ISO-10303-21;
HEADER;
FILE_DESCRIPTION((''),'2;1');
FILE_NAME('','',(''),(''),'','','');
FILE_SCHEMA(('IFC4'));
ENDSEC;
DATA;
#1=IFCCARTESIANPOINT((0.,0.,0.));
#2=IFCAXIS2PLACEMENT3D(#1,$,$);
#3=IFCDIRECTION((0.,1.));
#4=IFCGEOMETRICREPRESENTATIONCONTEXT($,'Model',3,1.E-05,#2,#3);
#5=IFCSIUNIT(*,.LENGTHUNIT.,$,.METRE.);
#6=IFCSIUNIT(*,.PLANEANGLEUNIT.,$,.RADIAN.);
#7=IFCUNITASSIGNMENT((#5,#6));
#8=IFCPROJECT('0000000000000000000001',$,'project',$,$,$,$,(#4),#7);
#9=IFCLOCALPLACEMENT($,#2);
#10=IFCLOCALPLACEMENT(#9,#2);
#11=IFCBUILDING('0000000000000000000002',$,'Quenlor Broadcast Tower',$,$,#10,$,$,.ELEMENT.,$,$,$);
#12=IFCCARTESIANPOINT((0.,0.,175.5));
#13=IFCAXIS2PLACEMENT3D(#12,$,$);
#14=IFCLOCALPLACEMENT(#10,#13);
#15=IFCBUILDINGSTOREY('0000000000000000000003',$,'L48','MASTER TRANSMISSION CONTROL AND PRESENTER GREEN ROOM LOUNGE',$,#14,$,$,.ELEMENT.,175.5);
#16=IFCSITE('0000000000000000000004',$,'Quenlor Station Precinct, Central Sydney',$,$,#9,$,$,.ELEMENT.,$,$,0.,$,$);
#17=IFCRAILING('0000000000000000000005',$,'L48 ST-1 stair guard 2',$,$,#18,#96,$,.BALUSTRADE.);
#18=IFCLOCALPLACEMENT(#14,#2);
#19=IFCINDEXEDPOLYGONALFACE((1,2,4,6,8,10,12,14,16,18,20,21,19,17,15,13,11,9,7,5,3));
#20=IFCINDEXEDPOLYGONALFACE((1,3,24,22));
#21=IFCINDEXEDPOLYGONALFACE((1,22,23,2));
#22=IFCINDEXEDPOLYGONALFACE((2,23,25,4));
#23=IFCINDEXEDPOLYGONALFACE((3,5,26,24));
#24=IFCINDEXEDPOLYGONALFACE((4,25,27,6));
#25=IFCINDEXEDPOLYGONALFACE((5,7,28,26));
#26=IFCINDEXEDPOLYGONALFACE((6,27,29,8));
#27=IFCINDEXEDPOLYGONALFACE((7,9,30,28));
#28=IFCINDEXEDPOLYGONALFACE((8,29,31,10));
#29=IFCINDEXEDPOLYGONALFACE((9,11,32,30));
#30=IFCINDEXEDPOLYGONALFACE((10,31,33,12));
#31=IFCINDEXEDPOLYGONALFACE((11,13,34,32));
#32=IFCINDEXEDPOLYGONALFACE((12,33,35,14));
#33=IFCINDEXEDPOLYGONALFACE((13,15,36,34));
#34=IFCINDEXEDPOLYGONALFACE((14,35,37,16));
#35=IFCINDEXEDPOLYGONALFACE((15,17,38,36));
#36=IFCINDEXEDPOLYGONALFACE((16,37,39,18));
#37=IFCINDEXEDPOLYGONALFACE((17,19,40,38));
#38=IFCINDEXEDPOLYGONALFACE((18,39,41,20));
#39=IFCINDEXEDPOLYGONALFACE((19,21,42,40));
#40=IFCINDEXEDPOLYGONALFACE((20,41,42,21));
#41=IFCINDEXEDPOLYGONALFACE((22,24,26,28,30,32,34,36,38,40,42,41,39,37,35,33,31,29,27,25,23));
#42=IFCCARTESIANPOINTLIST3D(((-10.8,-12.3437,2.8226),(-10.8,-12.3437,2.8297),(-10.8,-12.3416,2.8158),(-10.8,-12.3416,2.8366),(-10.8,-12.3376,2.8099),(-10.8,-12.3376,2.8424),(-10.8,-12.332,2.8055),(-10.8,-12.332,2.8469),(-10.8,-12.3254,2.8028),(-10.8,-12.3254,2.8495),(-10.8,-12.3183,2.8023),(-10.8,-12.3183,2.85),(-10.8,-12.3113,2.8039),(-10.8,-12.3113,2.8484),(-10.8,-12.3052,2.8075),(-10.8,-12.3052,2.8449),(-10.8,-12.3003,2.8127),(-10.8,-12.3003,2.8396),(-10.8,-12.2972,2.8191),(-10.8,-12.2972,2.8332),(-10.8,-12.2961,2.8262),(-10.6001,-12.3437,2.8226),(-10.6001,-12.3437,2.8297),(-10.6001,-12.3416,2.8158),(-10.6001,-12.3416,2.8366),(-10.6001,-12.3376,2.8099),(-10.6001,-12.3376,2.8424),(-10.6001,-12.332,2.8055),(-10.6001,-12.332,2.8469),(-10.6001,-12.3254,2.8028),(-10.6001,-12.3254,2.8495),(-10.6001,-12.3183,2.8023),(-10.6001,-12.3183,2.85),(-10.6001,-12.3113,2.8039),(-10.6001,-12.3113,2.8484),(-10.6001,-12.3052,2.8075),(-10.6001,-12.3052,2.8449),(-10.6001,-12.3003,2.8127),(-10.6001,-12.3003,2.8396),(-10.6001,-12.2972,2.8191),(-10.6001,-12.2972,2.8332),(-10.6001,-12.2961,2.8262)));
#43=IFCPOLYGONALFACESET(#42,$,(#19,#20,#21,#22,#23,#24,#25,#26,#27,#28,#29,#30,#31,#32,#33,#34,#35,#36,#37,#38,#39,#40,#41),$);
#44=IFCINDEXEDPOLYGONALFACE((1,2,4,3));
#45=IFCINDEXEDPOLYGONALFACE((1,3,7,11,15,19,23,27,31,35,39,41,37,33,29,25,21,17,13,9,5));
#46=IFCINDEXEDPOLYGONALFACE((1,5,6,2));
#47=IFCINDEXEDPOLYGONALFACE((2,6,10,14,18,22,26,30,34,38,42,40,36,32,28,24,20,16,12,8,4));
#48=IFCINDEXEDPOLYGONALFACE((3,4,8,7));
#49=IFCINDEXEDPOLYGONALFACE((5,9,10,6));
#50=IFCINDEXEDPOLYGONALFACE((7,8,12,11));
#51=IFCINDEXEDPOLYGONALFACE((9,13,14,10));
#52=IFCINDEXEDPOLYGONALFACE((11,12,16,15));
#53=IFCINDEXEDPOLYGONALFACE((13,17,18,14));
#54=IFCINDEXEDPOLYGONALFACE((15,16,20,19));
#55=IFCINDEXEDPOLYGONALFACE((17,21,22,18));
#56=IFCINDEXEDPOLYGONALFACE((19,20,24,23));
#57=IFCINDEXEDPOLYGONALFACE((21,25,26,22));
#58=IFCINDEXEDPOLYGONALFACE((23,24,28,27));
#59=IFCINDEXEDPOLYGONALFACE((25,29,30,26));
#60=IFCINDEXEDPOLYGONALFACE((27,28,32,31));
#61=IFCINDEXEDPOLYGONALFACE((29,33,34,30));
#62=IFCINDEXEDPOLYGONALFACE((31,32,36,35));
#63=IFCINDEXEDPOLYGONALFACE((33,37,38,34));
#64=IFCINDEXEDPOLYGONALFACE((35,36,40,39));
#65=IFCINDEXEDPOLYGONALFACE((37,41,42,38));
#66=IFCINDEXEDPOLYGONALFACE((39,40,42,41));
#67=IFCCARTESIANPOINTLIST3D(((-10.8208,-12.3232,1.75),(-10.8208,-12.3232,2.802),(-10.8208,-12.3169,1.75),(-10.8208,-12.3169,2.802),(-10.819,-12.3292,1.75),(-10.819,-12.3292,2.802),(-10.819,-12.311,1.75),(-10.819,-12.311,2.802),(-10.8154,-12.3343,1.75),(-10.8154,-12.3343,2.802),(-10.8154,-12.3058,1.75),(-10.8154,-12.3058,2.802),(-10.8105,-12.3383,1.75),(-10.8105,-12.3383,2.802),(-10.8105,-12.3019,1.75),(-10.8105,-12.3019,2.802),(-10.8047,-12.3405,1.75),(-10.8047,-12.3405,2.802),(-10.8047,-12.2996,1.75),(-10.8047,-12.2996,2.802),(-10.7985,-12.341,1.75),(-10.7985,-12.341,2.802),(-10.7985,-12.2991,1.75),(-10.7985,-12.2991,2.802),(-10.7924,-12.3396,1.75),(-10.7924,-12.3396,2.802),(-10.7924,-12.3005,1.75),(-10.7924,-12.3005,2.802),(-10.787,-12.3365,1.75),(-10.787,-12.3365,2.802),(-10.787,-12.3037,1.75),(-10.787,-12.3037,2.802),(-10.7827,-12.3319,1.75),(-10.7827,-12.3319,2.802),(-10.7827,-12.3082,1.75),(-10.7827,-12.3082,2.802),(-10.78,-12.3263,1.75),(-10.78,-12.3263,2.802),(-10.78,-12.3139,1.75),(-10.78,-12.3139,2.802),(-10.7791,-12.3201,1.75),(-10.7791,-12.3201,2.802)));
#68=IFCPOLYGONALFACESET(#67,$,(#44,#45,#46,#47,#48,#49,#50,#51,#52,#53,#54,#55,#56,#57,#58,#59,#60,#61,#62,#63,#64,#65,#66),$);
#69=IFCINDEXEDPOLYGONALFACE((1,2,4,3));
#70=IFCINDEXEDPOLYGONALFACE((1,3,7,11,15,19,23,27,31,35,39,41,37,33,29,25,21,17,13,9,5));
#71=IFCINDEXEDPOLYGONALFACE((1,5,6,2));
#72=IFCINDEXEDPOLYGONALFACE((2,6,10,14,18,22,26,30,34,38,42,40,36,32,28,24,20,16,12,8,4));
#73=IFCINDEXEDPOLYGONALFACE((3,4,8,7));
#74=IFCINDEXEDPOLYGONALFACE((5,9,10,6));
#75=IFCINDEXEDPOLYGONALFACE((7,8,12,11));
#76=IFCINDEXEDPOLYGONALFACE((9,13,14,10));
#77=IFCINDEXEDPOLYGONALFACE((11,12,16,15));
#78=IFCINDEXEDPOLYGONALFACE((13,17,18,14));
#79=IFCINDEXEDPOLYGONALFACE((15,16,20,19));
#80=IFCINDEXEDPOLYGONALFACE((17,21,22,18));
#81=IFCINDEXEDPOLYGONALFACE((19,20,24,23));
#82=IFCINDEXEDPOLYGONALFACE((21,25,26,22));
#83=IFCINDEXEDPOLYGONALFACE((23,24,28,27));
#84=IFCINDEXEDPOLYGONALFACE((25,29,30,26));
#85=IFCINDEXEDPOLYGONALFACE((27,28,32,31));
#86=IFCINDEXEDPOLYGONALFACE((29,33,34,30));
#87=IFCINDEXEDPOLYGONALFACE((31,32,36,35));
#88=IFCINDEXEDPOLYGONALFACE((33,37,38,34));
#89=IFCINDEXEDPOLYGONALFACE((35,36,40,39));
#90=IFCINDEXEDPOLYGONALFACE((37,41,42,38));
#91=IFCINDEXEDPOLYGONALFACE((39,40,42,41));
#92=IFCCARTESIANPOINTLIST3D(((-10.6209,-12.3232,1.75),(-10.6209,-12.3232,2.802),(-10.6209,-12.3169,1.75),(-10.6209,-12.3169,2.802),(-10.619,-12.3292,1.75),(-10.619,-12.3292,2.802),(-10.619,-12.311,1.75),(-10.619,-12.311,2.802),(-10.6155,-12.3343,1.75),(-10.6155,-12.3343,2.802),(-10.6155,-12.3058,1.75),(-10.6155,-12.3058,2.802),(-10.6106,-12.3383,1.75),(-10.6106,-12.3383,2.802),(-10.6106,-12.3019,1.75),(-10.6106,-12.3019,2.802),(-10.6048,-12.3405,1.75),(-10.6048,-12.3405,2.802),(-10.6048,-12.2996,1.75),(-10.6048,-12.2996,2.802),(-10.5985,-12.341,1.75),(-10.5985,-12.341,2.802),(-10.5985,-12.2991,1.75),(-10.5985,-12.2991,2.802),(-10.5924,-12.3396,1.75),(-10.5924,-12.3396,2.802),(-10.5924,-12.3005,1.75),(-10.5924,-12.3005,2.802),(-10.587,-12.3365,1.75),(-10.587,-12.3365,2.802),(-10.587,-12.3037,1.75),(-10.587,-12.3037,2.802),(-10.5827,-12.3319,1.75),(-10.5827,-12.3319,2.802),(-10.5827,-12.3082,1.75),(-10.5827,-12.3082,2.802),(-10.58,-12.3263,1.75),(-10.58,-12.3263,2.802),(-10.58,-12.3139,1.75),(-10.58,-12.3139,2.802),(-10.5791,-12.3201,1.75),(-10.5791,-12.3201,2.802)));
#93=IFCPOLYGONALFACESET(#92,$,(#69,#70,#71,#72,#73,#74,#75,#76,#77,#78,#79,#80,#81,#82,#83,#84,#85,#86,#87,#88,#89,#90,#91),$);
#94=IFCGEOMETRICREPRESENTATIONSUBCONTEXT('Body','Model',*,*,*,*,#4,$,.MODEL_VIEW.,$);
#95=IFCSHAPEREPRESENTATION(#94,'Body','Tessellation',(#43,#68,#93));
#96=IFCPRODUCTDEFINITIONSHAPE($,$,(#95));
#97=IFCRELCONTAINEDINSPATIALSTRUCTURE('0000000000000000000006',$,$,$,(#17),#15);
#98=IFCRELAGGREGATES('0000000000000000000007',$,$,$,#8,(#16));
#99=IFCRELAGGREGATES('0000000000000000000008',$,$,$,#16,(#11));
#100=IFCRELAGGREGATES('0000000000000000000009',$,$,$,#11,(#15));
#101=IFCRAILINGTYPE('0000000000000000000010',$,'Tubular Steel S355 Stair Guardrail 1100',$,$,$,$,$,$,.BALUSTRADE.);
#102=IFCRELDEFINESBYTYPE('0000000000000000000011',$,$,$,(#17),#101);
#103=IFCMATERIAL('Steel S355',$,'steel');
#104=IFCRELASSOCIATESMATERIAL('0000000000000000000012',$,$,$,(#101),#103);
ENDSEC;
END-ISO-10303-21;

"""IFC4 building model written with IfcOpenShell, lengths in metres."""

from ifc_helpers import new_model, si_unit, direction, frame, origin, origin_2d, place, context, subcontext, project, spatial, circle, extrude, material, type_object, element, save


model = new_model("IFC4")

# Units and contexts
model_context = context("Model", 3, precision=1e-05, world=origin(), true_north=direction((0.0, 1.0)))
body_context = subcontext(model_context, "Body", "Model", "MODEL_VIEW")
ifc_project = project(units=[si_unit("LENGTHUNIT", "METRE"), si_unit("PLANEANGLEUNIT", "RADIAN")], contexts=[model_context])

# Site, building, storey
site_placement = place(None, origin())
site = spatial("IfcSite", under=ifc_project, at=site_placement, Name="Quenlor Station Precinct, Central Sydney", CompositionType="ELEMENT", RefElevation=0.0)
building_placement = place(site_placement, origin())
building = spatial("IfcBuilding", under=site, at=building_placement, Name="Quenlor Broadcast Tower", CompositionType="ELEMENT")
storey_placement = place(building_placement, frame((0.0, 0.0, 175.5)))
storey = spatial("IfcBuildingStorey", under=building, at=storey_placement, Name="L48", Description="MASTER TRANSMISSION CONTROL AND PRESENTER GREEN ROOM LOUNGE", CompositionType="ELEMENT", Elevation=175.5)

# Railing
ifc_material_1 = material(Name="Steel S355", Category="steel")
railing_type_1 = type_object("IfcRailingType", Name="Tubular Steel S355 Stair Guardrail 1100", PredefinedType="BALUSTRADE", material=ifc_material_1)
railing_1_placement = place(storey_placement, frame((-10.8, -12.3201, 1.75)))
element("IfcRailing", 1, at=railing_1_placement, inside=storey, type_object=railing_type_1, Name="L48 ST-1 stair guard 2", PredefinedType="BALUSTRADE", context=body_context, shape_type="SweptSolid", body=[
    extrude(circle(Radius=0.0239, at=origin_2d()), frame((0.0, 0.0, 1.0762), z_axis=(1.0, 0.0, 0.0), x_axis=(0.0, 1.0, 0.0)), (0.0, 0.0, 1.0), 0.2),
    extrude(circle(Radius=0.021, at=origin_2d()), origin(), (0.0, 0.0, 1.0), 1.052),
    extrude(circle(Radius=0.021, at=origin_2d()), frame((0.2, 0.0, 0.0)), (0.0, 0.0, 1.0), 1.052),
])

save(model, "model.ifc")
